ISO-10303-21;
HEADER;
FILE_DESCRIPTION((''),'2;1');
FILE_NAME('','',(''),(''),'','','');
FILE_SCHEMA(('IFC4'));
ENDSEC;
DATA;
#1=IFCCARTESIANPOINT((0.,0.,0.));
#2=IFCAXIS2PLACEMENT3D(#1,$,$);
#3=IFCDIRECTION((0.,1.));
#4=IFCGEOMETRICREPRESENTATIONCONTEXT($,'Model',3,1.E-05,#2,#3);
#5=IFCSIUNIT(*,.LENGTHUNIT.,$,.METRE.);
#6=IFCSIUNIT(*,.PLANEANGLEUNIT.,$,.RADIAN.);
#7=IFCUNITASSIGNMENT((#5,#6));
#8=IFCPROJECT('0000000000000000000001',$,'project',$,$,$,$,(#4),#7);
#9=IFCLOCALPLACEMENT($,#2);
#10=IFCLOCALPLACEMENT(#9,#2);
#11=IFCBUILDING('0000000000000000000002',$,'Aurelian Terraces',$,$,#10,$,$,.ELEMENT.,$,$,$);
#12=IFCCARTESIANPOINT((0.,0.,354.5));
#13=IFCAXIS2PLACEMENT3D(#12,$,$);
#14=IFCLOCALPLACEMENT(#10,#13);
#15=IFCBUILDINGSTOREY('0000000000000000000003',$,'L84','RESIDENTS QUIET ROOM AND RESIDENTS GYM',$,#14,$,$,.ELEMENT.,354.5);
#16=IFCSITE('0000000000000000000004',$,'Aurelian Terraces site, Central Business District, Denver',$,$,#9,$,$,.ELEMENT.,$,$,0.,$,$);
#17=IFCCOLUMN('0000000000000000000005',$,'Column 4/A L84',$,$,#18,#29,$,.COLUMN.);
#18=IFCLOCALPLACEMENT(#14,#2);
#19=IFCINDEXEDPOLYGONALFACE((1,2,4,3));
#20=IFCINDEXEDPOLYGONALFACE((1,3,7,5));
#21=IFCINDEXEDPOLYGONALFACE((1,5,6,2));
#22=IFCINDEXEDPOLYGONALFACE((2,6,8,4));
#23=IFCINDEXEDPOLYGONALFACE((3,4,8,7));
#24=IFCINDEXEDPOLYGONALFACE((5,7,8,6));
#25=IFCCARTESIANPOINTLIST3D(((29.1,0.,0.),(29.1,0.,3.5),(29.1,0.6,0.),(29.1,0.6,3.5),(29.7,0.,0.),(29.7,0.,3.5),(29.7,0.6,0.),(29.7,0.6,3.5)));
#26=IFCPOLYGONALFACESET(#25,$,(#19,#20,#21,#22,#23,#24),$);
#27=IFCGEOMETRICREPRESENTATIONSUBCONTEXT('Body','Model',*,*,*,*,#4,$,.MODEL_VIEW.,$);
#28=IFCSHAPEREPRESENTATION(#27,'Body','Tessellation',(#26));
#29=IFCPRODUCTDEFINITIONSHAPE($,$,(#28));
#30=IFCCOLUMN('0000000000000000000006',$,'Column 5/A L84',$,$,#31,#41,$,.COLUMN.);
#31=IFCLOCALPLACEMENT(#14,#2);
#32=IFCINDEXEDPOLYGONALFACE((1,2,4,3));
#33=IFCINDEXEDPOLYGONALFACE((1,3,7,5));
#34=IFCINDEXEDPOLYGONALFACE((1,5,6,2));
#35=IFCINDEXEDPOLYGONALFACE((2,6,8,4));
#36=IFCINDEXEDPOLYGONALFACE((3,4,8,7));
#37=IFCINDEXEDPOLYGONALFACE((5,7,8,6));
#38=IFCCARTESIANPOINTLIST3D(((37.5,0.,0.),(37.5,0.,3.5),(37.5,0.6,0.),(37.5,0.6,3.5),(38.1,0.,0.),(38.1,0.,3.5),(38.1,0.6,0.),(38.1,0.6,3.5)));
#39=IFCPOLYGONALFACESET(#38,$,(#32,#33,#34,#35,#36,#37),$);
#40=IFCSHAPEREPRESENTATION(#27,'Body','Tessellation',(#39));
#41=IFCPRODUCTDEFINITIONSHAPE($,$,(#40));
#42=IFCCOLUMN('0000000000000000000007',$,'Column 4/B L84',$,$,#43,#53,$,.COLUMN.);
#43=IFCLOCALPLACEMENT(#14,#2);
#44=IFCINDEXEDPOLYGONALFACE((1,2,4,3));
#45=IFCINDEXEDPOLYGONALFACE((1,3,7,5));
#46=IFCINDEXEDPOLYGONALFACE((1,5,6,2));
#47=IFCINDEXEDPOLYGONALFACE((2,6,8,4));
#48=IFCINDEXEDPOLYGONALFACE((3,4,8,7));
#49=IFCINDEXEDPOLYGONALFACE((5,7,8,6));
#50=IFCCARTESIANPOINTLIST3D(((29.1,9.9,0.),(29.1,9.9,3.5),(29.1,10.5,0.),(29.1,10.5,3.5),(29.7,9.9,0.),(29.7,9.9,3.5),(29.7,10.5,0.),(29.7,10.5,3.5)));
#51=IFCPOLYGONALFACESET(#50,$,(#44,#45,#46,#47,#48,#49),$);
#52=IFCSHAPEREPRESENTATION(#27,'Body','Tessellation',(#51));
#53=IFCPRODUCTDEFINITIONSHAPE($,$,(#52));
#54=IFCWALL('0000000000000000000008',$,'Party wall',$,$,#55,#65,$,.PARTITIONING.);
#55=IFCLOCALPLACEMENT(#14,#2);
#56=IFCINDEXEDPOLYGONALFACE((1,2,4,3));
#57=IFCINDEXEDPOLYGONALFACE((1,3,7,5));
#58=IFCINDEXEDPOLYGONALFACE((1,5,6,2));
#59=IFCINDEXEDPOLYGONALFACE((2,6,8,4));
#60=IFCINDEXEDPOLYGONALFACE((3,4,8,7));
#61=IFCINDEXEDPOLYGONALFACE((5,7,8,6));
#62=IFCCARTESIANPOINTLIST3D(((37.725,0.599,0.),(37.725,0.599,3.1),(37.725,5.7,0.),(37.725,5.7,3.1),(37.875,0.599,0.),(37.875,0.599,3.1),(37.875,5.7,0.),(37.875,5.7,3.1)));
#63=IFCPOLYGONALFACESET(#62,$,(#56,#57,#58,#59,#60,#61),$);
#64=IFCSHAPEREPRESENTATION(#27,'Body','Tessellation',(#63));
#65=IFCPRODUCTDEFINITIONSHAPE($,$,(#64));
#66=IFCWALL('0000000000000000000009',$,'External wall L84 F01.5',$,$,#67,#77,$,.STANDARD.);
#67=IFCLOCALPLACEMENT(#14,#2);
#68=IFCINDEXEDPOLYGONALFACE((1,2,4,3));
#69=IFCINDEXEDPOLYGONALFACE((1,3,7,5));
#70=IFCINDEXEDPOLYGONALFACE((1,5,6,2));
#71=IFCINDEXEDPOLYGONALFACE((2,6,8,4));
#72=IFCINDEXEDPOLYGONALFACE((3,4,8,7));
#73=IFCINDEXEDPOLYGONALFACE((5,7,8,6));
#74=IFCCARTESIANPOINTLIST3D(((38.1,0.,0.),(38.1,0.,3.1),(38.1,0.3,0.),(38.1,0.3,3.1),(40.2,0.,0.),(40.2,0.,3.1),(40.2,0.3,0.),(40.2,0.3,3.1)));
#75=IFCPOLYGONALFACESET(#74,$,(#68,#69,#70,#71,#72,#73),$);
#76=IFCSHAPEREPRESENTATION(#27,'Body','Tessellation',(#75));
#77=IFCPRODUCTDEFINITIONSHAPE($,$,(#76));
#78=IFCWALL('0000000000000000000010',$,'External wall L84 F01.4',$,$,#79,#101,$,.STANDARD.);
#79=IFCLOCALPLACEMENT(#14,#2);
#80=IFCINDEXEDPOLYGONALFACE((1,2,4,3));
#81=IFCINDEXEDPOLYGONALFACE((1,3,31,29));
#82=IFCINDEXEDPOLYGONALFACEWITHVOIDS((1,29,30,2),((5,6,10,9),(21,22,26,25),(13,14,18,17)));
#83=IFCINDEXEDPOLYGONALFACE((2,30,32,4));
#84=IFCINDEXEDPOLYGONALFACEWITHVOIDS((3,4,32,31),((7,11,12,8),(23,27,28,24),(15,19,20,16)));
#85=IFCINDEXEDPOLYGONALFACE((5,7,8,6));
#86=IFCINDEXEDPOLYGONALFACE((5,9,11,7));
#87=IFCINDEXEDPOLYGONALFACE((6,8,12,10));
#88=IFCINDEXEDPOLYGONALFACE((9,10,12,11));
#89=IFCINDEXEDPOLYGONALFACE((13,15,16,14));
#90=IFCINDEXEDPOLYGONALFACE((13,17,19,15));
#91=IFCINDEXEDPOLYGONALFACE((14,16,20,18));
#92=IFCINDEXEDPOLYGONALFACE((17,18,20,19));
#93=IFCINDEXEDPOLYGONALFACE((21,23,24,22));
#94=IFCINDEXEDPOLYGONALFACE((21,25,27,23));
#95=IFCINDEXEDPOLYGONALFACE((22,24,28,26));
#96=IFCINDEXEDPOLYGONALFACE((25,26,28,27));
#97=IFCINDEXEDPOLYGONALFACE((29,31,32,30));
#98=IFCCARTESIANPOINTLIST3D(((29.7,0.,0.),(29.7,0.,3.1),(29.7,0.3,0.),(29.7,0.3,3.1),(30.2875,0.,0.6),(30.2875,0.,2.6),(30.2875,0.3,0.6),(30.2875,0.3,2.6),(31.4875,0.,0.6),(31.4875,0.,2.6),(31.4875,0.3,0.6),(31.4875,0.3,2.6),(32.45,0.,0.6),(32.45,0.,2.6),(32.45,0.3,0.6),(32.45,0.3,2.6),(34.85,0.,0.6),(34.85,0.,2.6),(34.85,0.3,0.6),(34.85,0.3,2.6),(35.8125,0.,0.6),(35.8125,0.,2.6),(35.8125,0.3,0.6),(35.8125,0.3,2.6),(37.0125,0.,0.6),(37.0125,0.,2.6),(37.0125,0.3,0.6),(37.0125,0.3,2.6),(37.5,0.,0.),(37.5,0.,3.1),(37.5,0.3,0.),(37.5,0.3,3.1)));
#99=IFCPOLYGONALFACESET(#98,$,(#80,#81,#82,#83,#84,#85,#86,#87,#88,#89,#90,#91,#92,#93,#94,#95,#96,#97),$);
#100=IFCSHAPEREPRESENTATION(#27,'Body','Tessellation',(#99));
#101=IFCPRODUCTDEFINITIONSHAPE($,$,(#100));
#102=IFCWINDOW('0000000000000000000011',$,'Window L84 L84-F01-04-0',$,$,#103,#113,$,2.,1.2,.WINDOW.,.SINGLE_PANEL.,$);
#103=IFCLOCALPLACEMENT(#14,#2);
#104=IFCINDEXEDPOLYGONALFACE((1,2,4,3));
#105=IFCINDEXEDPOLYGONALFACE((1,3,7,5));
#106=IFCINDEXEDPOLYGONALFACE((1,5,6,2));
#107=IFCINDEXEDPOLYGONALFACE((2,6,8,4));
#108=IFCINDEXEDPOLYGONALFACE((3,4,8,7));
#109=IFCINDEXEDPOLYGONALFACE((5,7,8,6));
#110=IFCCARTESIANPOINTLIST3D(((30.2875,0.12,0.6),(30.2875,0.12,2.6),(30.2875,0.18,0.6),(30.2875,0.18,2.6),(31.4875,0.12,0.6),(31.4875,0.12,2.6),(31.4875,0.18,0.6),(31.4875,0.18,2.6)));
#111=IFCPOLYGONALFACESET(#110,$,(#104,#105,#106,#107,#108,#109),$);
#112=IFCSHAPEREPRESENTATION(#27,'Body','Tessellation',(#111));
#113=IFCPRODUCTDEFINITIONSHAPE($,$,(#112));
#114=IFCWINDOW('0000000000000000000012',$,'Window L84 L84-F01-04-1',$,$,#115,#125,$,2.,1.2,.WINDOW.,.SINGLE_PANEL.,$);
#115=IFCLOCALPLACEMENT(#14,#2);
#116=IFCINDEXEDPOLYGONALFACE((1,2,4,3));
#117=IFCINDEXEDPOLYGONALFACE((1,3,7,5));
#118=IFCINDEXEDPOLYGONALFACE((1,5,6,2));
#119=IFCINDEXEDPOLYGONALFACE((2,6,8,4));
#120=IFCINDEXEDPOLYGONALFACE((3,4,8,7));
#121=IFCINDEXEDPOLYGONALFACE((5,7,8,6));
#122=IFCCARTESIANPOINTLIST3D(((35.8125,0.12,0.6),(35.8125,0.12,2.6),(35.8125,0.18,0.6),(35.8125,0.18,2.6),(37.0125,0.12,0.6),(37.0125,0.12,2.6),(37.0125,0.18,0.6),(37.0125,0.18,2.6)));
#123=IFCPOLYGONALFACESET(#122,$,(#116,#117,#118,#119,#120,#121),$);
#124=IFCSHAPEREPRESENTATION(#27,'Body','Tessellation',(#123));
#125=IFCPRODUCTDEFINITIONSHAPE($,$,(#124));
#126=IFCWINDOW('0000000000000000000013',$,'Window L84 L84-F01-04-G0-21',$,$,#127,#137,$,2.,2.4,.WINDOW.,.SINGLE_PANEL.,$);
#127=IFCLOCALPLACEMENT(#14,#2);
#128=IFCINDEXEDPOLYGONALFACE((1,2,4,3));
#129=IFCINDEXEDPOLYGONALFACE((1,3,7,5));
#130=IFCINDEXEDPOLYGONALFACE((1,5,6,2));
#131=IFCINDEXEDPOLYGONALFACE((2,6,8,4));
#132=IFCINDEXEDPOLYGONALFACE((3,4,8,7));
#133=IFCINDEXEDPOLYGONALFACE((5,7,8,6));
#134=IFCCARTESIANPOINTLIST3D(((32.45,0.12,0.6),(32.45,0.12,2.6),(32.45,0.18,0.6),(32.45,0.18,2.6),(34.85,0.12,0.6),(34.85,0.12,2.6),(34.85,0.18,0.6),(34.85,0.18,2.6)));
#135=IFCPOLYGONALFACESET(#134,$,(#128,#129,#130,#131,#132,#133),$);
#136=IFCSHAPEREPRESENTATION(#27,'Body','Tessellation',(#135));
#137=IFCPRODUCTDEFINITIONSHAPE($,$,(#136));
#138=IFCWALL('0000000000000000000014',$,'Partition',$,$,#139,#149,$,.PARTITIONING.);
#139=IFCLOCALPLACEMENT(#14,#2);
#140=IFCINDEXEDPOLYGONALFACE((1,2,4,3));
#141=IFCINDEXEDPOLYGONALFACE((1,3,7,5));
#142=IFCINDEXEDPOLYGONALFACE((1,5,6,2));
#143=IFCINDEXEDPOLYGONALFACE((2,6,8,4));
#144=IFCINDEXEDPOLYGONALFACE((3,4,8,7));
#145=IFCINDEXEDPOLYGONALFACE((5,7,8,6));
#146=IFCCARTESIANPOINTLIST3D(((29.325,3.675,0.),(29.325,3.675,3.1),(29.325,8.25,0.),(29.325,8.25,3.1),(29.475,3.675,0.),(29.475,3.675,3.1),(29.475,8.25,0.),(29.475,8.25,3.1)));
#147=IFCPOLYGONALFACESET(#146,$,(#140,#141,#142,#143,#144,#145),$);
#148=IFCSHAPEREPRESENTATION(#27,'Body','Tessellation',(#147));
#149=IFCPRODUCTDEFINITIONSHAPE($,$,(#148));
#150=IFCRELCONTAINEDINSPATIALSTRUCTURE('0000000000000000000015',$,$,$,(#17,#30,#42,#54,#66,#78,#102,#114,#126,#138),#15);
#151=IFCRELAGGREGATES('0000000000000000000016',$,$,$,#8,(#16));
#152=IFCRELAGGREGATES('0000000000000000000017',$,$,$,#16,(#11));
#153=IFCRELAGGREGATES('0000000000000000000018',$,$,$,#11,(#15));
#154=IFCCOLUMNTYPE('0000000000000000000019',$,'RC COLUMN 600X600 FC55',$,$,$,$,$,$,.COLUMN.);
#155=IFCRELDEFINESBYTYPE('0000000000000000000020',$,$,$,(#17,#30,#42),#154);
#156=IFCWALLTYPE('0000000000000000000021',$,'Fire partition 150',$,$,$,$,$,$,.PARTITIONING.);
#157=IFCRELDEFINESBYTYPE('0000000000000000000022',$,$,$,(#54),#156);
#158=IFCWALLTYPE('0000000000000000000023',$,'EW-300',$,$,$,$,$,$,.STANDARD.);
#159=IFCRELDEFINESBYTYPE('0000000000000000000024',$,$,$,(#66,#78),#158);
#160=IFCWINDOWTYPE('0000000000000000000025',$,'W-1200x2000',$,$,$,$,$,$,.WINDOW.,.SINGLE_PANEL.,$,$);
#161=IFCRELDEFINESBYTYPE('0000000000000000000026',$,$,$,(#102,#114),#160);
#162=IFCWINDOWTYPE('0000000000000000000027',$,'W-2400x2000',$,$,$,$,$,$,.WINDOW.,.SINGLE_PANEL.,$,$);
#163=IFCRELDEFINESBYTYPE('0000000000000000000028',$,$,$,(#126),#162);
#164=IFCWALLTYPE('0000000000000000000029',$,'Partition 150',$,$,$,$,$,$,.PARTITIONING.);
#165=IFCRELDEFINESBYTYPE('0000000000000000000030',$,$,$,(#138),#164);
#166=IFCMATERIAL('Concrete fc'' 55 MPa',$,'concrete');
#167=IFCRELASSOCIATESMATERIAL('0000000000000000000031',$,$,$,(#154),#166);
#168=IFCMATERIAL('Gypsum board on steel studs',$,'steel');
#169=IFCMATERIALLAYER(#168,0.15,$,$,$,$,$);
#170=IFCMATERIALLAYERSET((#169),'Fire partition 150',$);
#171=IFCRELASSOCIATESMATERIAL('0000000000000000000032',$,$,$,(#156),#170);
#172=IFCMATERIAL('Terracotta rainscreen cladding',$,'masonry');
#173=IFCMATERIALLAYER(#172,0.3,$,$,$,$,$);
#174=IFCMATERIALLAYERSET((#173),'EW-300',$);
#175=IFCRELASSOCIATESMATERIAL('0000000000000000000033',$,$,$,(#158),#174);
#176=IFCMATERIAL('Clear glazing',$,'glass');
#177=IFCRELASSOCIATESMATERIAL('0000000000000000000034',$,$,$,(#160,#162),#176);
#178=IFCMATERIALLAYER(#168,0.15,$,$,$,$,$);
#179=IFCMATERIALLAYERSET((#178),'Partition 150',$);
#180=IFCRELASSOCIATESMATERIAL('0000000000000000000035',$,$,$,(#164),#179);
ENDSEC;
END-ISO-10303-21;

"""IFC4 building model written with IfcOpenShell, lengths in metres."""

from ifc_helpers import new_model, si_unit, direction, frame, frame_2d, origin, origin_2d, place, context, subcontext, project, spatial, rectangle, extrude, source, transform, mapped, material, layer, layer_set, material_profile, profile_set, type_object, element, fill, save


model = new_model("IFC4")

# Units and contexts
model_context = context("Model", 3, precision=1e-05, world=origin(), true_north=direction((0.0, 1.0)))
body_context = subcontext(model_context, "Body", "Model", "MODEL_VIEW")
ifc_project = project(units=[si_unit("LENGTHUNIT", "METRE"), si_unit("PLANEANGLEUNIT", "RADIAN")], contexts=[model_context])

# Site, building, storey
site_placement = place(None, origin())
site = spatial("IfcSite", under=ifc_project, at=site_placement, Name="Aurelian Terraces site, Central Business District, Denver", CompositionType="ELEMENT", RefElevation=0.0)
building_placement = place(site_placement, origin())
building = spatial("IfcBuilding", under=site, at=building_placement, Name="Aurelian Terraces", CompositionType="ELEMENT")
storey_placement = place(building_placement, frame((0.0, 0.0, 354.5)))
storey = spatial("IfcBuildingStorey", under=building, at=storey_placement, Name="L84", Description="RESIDENTS QUIET ROOM AND RESIDENTS GYM", CompositionType="ELEMENT", Elevation=354.5)

# Columns
ifc_material_1 = material(Name="Concrete fc' 55 MPa", Category="concrete")
ifc_material_profile = material_profile(ifc_material_1, rectangle(XDim=0.6, YDim=0.6, at=origin_2d()))
ifc_profile_set = profile_set([ifc_material_profile], Name="Concrete fc' 55 MPa")
column_type = type_object("IfcColumnType", Name="RC COLUMN 600X600 FC55", PredefinedType="COLUMN", material=ifc_profile_set)
shared_shape_1 = source(origin(), body_context, "Body", "SweptSolid", [
    extrude(rectangle(XDim=0.6, YDim=0.6, at=origin_2d()), origin(), (0.0, 0.0, 1.0), 3.5),
])
for number, where, z_axis, x_axis, name in (
    (1, (29.4, 0.3, 0.0), (0.0, 0.0, 1.0), (1.0, 0.0, 0.0), "Column 4/A L84"),
    (2, (37.8, 0.3, 0.0), (0.0, 0.0, 1.0), (1.0, 0.0, 0.0), "Column 5/A L84"),
    (3, (29.4, 10.2, 0.0), (0.0, 0.0, 1.0), (1.0, 0.0, 0.0), "Column 4/B L84"),
):
    element("IfcColumn", number, at=place(storey_placement, frame(where, z_axis=z_axis, x_axis=x_axis)), inside=storey, type_object=column_type, Name=name, PredefinedType="COLUMN", context=body_context, shape_type="MappedRepresentation", body=[
        mapped(shared_shape_1, transform((0.0, 0.0, 0.0), scale=1.0)),
    ])

# Walls
ifc_material_2 = material(Name="Gypsum board on steel studs", Category="steel")
ifc_layer_1 = layer(ifc_material_2, 0.15)
ifc_layer_set_1 = layer_set([ifc_layer_1], Name="Fire partition 150")
wall_type_1 = type_object("IfcWallType", Name="Fire partition 150", PredefinedType="PARTITIONING", material=ifc_layer_set_1)
wall_1_placement = place(storey_placement, frame((37.8, 0.599, 0.0), z_axis=(0.0, 0.0, 1.0), x_axis=(0.0, 1.0, 0.0)))
element("IfcWall", 4, at=wall_1_placement, inside=storey, type_object=wall_type_1, Name="Party wall", PredefinedType="PARTITIONING", context=body_context, shape_type="SweptSolid", body=[
    extrude(rectangle(XDim=5.101, YDim=0.15, at=frame_2d((2.5505, 0.0))), origin(), (0.0, 0.0, 1.0), 3.1),
])
ifc_material_3 = material(Name="Terracotta rainscreen cladding", Category="masonry")
ifc_layer_2 = layer(ifc_material_3, 0.3)
ifc_layer_set_2 = layer_set([ifc_layer_2], Name="EW-300")
wall_type_2 = type_object("IfcWallType", Name="EW-300", PredefinedType="STANDARD", material=ifc_layer_set_2)
shared_shape_2 = source(origin(), body_context, "Body", "SweptSolid", [
    extrude(rectangle(XDim=2.1, YDim=0.3, at=frame_2d((1.05, 0.0))), origin(), (0.0, 0.0, 1.0), 3.1),
])
wall_2_placement = place(storey_placement, frame((38.1, 0.15, 0.0), z_axis=(0.0, 0.0, 1.0), x_axis=(1.0, 0.0, 0.0)))
element("IfcWall", 5, at=wall_2_placement, inside=storey, type_object=wall_type_2, Name="External wall L84 F01.5", PredefinedType="STANDARD", context=body_context, shape_type="MappedRepresentation", body=[
    mapped(shared_shape_2, transform((0.0, 0.0, 0.0), scale=1.0)),
])

# Wall, openings, windows
shared_shape_3 = source(origin(), body_context, "Body", "SweptSolid", [
    extrude(rectangle(XDim=7.8, YDim=0.3, at=frame_2d((3.9, 0.0))), origin(), (0.0, 0.0, 1.0), 3.1),
])
wall_3_placement = place(storey_placement, frame((29.7, 0.15, 0.0), z_axis=(0.0, 0.0, 1.0), x_axis=(1.0, 0.0, 0.0)))
wall_3 = element("IfcWall", 6, at=wall_3_placement, inside=storey, type_object=wall_type_2, Name="External wall L84 F01.4", PredefinedType="STANDARD", context=body_context, shape_type="MappedRepresentation", body=[
    mapped(shared_shape_3, transform((0.0, 0.0, 0.0), scale=1.0)),
])
shared_shape_4 = source(origin(), body_context, "Body", "SweptSolid", [
    extrude(rectangle(XDim=1.2, YDim=2.0, at=frame_2d((0.6, 1.0))), frame((0.0, 0.16, 0.0), z_axis=(0.0, -1.0, 0.0), x_axis=(1.0, 0.0, 0.0)), (0.0, 0.0, 1.0), 0.32),
])
opening_1_placement = place(wall_3_placement, frame((0.5875, 0.0, 0.6)))
opening_1 = element("IfcOpeningElement", 7, at=opening_1_placement, cuts=wall_3, PredefinedType="OPENING", context=body_context, shape_type="MappedRepresentation", body=[
    mapped(shared_shape_4, transform((0.0, 0.0, 0.0), scale=1.0)),
])
opening_2_placement = place(wall_3_placement, frame((6.1125, 0.0, 0.6)))
opening_2 = element("IfcOpeningElement", 8, at=opening_2_placement, cuts=wall_3, PredefinedType="OPENING", context=body_context, shape_type="MappedRepresentation", body=[
    mapped(shared_shape_4, transform((0.0, 0.0, 0.0), scale=1.0)),
])
shared_shape_5 = source(origin(), body_context, "Body", "SweptSolid", [
    extrude(rectangle(XDim=2.4, YDim=2.0, at=frame_2d((1.2, 1.0))), frame((0.0, 0.16, 0.0), z_axis=(0.0, -1.0, 0.0), x_axis=(1.0, 0.0, 0.0)), (0.0, 0.0, 1.0), 0.32),
])
opening_3_placement = place(wall_3_placement, frame((2.75, 0.0, 0.6)))
opening_3 = element("IfcOpeningElement", 9, at=opening_3_placement, cuts=wall_3, PredefinedType="OPENING", context=body_context, shape_type="MappedRepresentation", body=[
    mapped(shared_shape_5, transform((0.0, 0.0, 0.0), scale=1.0)),
])
ifc_material_4 = material(Name="Clear glazing", Category="glass")
window_type_1 = type_object("IfcWindowType", Name="W-1200x2000", PartitioningType="SINGLE_PANEL", PredefinedType="WINDOW", material=ifc_material_4)
shared_shape_6 = source(origin(), body_context, "Body", "SweptSolid", [
    extrude(rectangle(XDim=1.2, YDim=2.0, at=frame_2d((0.6, 1.0))), frame((0.0, 0.03, 0.0), z_axis=(0.0, -1.0, 0.0), x_axis=(1.0, 0.0, 0.0)), (0.0, 0.0, 1.0), 0.06),
])
window_1_placement = place(opening_1_placement, origin())
window_1 = element("IfcWindow", 10, at=window_1_placement, inside=storey, type_object=window_type_1, Name="Window L84 L84-F01-04-0", OverallHeight=2.0, OverallWidth=1.2, PartitioningType="SINGLE_PANEL", PredefinedType="WINDOW", context=body_context, shape_type="MappedRepresentation", body=[
    mapped(shared_shape_6, transform((0.0, 0.0, 0.0), scale=1.0)),
])
fill(opening_1, window_1)
window_2_placement = place(opening_2_placement, origin())
window_2 = element("IfcWindow", 11, at=window_2_placement, inside=storey, type_object=window_type_1, Name="Window L84 L84-F01-04-1", OverallHeight=2.0, OverallWidth=1.2, PartitioningType="SINGLE_PANEL", PredefinedType="WINDOW", context=body_context, shape_type="MappedRepresentation", body=[
    mapped(shared_shape_6, transform((0.0, 0.0, 0.0), scale=1.0)),
])
fill(opening_2, window_2)
window_type_2 = type_object("IfcWindowType", Name="W-2400x2000", PartitioningType="SINGLE_PANEL", PredefinedType="WINDOW", material=ifc_material_4)
shared_shape_7 = source(origin(), body_context, "Body", "SweptSolid", [
    extrude(rectangle(XDim=2.4, YDim=2.0, at=frame_2d((1.2, 1.0))), frame((0.0, 0.03, 0.0), z_axis=(0.0, -1.0, 0.0), x_axis=(1.0, 0.0, 0.0)), (0.0, 0.0, 1.0), 0.06),
])
window_3_placement = place(opening_3_placement, origin())
window_3 = element("IfcWindow", 12, at=window_3_placement, inside=storey, type_object=window_type_2, Name="Window L84 L84-F01-04-G0-21", OverallHeight=2.0, OverallWidth=2.4, PartitioningType="SINGLE_PANEL", PredefinedType="WINDOW", context=body_context, shape_type="MappedRepresentation", body=[
    mapped(shared_shape_7, transform((0.0, 0.0, 0.0), scale=1.0)),
])
fill(opening_3, window_3)

# Wall
ifc_layer_3 = layer(ifc_material_2, 0.15)
ifc_layer_set_3 = layer_set([ifc_layer_3], Name="Partition 150")
wall_type_3 = type_object("IfcWallType", Name="Partition 150", PredefinedType="PARTITIONING", material=ifc_layer_set_3)
shared_shape_8 = source(origin(), body_context, "Body", "SweptSolid", [
    extrude(rectangle(XDim=4.575, YDim=0.15, at=frame_2d((2.2875, 0.0))), origin(), (0.0, 0.0, 1.0), 3.1),
])
wall_4_placement = place(storey_placement, frame((29.4, 3.675, 0.0), z_axis=(0.0, 0.0, 1.0), x_axis=(0.0, 1.0, 0.0)))
element("IfcWall", 13, at=wall_4_placement, inside=storey, type_object=wall_type_3, Name="Partition", PredefinedType="PARTITIONING", context=body_context, shape_type="MappedRepresentation", body=[
    mapped(shared_shape_8, transform((0.0, 0.0, 0.0), scale=1.0)),
])

save(model, "model.ifc")
